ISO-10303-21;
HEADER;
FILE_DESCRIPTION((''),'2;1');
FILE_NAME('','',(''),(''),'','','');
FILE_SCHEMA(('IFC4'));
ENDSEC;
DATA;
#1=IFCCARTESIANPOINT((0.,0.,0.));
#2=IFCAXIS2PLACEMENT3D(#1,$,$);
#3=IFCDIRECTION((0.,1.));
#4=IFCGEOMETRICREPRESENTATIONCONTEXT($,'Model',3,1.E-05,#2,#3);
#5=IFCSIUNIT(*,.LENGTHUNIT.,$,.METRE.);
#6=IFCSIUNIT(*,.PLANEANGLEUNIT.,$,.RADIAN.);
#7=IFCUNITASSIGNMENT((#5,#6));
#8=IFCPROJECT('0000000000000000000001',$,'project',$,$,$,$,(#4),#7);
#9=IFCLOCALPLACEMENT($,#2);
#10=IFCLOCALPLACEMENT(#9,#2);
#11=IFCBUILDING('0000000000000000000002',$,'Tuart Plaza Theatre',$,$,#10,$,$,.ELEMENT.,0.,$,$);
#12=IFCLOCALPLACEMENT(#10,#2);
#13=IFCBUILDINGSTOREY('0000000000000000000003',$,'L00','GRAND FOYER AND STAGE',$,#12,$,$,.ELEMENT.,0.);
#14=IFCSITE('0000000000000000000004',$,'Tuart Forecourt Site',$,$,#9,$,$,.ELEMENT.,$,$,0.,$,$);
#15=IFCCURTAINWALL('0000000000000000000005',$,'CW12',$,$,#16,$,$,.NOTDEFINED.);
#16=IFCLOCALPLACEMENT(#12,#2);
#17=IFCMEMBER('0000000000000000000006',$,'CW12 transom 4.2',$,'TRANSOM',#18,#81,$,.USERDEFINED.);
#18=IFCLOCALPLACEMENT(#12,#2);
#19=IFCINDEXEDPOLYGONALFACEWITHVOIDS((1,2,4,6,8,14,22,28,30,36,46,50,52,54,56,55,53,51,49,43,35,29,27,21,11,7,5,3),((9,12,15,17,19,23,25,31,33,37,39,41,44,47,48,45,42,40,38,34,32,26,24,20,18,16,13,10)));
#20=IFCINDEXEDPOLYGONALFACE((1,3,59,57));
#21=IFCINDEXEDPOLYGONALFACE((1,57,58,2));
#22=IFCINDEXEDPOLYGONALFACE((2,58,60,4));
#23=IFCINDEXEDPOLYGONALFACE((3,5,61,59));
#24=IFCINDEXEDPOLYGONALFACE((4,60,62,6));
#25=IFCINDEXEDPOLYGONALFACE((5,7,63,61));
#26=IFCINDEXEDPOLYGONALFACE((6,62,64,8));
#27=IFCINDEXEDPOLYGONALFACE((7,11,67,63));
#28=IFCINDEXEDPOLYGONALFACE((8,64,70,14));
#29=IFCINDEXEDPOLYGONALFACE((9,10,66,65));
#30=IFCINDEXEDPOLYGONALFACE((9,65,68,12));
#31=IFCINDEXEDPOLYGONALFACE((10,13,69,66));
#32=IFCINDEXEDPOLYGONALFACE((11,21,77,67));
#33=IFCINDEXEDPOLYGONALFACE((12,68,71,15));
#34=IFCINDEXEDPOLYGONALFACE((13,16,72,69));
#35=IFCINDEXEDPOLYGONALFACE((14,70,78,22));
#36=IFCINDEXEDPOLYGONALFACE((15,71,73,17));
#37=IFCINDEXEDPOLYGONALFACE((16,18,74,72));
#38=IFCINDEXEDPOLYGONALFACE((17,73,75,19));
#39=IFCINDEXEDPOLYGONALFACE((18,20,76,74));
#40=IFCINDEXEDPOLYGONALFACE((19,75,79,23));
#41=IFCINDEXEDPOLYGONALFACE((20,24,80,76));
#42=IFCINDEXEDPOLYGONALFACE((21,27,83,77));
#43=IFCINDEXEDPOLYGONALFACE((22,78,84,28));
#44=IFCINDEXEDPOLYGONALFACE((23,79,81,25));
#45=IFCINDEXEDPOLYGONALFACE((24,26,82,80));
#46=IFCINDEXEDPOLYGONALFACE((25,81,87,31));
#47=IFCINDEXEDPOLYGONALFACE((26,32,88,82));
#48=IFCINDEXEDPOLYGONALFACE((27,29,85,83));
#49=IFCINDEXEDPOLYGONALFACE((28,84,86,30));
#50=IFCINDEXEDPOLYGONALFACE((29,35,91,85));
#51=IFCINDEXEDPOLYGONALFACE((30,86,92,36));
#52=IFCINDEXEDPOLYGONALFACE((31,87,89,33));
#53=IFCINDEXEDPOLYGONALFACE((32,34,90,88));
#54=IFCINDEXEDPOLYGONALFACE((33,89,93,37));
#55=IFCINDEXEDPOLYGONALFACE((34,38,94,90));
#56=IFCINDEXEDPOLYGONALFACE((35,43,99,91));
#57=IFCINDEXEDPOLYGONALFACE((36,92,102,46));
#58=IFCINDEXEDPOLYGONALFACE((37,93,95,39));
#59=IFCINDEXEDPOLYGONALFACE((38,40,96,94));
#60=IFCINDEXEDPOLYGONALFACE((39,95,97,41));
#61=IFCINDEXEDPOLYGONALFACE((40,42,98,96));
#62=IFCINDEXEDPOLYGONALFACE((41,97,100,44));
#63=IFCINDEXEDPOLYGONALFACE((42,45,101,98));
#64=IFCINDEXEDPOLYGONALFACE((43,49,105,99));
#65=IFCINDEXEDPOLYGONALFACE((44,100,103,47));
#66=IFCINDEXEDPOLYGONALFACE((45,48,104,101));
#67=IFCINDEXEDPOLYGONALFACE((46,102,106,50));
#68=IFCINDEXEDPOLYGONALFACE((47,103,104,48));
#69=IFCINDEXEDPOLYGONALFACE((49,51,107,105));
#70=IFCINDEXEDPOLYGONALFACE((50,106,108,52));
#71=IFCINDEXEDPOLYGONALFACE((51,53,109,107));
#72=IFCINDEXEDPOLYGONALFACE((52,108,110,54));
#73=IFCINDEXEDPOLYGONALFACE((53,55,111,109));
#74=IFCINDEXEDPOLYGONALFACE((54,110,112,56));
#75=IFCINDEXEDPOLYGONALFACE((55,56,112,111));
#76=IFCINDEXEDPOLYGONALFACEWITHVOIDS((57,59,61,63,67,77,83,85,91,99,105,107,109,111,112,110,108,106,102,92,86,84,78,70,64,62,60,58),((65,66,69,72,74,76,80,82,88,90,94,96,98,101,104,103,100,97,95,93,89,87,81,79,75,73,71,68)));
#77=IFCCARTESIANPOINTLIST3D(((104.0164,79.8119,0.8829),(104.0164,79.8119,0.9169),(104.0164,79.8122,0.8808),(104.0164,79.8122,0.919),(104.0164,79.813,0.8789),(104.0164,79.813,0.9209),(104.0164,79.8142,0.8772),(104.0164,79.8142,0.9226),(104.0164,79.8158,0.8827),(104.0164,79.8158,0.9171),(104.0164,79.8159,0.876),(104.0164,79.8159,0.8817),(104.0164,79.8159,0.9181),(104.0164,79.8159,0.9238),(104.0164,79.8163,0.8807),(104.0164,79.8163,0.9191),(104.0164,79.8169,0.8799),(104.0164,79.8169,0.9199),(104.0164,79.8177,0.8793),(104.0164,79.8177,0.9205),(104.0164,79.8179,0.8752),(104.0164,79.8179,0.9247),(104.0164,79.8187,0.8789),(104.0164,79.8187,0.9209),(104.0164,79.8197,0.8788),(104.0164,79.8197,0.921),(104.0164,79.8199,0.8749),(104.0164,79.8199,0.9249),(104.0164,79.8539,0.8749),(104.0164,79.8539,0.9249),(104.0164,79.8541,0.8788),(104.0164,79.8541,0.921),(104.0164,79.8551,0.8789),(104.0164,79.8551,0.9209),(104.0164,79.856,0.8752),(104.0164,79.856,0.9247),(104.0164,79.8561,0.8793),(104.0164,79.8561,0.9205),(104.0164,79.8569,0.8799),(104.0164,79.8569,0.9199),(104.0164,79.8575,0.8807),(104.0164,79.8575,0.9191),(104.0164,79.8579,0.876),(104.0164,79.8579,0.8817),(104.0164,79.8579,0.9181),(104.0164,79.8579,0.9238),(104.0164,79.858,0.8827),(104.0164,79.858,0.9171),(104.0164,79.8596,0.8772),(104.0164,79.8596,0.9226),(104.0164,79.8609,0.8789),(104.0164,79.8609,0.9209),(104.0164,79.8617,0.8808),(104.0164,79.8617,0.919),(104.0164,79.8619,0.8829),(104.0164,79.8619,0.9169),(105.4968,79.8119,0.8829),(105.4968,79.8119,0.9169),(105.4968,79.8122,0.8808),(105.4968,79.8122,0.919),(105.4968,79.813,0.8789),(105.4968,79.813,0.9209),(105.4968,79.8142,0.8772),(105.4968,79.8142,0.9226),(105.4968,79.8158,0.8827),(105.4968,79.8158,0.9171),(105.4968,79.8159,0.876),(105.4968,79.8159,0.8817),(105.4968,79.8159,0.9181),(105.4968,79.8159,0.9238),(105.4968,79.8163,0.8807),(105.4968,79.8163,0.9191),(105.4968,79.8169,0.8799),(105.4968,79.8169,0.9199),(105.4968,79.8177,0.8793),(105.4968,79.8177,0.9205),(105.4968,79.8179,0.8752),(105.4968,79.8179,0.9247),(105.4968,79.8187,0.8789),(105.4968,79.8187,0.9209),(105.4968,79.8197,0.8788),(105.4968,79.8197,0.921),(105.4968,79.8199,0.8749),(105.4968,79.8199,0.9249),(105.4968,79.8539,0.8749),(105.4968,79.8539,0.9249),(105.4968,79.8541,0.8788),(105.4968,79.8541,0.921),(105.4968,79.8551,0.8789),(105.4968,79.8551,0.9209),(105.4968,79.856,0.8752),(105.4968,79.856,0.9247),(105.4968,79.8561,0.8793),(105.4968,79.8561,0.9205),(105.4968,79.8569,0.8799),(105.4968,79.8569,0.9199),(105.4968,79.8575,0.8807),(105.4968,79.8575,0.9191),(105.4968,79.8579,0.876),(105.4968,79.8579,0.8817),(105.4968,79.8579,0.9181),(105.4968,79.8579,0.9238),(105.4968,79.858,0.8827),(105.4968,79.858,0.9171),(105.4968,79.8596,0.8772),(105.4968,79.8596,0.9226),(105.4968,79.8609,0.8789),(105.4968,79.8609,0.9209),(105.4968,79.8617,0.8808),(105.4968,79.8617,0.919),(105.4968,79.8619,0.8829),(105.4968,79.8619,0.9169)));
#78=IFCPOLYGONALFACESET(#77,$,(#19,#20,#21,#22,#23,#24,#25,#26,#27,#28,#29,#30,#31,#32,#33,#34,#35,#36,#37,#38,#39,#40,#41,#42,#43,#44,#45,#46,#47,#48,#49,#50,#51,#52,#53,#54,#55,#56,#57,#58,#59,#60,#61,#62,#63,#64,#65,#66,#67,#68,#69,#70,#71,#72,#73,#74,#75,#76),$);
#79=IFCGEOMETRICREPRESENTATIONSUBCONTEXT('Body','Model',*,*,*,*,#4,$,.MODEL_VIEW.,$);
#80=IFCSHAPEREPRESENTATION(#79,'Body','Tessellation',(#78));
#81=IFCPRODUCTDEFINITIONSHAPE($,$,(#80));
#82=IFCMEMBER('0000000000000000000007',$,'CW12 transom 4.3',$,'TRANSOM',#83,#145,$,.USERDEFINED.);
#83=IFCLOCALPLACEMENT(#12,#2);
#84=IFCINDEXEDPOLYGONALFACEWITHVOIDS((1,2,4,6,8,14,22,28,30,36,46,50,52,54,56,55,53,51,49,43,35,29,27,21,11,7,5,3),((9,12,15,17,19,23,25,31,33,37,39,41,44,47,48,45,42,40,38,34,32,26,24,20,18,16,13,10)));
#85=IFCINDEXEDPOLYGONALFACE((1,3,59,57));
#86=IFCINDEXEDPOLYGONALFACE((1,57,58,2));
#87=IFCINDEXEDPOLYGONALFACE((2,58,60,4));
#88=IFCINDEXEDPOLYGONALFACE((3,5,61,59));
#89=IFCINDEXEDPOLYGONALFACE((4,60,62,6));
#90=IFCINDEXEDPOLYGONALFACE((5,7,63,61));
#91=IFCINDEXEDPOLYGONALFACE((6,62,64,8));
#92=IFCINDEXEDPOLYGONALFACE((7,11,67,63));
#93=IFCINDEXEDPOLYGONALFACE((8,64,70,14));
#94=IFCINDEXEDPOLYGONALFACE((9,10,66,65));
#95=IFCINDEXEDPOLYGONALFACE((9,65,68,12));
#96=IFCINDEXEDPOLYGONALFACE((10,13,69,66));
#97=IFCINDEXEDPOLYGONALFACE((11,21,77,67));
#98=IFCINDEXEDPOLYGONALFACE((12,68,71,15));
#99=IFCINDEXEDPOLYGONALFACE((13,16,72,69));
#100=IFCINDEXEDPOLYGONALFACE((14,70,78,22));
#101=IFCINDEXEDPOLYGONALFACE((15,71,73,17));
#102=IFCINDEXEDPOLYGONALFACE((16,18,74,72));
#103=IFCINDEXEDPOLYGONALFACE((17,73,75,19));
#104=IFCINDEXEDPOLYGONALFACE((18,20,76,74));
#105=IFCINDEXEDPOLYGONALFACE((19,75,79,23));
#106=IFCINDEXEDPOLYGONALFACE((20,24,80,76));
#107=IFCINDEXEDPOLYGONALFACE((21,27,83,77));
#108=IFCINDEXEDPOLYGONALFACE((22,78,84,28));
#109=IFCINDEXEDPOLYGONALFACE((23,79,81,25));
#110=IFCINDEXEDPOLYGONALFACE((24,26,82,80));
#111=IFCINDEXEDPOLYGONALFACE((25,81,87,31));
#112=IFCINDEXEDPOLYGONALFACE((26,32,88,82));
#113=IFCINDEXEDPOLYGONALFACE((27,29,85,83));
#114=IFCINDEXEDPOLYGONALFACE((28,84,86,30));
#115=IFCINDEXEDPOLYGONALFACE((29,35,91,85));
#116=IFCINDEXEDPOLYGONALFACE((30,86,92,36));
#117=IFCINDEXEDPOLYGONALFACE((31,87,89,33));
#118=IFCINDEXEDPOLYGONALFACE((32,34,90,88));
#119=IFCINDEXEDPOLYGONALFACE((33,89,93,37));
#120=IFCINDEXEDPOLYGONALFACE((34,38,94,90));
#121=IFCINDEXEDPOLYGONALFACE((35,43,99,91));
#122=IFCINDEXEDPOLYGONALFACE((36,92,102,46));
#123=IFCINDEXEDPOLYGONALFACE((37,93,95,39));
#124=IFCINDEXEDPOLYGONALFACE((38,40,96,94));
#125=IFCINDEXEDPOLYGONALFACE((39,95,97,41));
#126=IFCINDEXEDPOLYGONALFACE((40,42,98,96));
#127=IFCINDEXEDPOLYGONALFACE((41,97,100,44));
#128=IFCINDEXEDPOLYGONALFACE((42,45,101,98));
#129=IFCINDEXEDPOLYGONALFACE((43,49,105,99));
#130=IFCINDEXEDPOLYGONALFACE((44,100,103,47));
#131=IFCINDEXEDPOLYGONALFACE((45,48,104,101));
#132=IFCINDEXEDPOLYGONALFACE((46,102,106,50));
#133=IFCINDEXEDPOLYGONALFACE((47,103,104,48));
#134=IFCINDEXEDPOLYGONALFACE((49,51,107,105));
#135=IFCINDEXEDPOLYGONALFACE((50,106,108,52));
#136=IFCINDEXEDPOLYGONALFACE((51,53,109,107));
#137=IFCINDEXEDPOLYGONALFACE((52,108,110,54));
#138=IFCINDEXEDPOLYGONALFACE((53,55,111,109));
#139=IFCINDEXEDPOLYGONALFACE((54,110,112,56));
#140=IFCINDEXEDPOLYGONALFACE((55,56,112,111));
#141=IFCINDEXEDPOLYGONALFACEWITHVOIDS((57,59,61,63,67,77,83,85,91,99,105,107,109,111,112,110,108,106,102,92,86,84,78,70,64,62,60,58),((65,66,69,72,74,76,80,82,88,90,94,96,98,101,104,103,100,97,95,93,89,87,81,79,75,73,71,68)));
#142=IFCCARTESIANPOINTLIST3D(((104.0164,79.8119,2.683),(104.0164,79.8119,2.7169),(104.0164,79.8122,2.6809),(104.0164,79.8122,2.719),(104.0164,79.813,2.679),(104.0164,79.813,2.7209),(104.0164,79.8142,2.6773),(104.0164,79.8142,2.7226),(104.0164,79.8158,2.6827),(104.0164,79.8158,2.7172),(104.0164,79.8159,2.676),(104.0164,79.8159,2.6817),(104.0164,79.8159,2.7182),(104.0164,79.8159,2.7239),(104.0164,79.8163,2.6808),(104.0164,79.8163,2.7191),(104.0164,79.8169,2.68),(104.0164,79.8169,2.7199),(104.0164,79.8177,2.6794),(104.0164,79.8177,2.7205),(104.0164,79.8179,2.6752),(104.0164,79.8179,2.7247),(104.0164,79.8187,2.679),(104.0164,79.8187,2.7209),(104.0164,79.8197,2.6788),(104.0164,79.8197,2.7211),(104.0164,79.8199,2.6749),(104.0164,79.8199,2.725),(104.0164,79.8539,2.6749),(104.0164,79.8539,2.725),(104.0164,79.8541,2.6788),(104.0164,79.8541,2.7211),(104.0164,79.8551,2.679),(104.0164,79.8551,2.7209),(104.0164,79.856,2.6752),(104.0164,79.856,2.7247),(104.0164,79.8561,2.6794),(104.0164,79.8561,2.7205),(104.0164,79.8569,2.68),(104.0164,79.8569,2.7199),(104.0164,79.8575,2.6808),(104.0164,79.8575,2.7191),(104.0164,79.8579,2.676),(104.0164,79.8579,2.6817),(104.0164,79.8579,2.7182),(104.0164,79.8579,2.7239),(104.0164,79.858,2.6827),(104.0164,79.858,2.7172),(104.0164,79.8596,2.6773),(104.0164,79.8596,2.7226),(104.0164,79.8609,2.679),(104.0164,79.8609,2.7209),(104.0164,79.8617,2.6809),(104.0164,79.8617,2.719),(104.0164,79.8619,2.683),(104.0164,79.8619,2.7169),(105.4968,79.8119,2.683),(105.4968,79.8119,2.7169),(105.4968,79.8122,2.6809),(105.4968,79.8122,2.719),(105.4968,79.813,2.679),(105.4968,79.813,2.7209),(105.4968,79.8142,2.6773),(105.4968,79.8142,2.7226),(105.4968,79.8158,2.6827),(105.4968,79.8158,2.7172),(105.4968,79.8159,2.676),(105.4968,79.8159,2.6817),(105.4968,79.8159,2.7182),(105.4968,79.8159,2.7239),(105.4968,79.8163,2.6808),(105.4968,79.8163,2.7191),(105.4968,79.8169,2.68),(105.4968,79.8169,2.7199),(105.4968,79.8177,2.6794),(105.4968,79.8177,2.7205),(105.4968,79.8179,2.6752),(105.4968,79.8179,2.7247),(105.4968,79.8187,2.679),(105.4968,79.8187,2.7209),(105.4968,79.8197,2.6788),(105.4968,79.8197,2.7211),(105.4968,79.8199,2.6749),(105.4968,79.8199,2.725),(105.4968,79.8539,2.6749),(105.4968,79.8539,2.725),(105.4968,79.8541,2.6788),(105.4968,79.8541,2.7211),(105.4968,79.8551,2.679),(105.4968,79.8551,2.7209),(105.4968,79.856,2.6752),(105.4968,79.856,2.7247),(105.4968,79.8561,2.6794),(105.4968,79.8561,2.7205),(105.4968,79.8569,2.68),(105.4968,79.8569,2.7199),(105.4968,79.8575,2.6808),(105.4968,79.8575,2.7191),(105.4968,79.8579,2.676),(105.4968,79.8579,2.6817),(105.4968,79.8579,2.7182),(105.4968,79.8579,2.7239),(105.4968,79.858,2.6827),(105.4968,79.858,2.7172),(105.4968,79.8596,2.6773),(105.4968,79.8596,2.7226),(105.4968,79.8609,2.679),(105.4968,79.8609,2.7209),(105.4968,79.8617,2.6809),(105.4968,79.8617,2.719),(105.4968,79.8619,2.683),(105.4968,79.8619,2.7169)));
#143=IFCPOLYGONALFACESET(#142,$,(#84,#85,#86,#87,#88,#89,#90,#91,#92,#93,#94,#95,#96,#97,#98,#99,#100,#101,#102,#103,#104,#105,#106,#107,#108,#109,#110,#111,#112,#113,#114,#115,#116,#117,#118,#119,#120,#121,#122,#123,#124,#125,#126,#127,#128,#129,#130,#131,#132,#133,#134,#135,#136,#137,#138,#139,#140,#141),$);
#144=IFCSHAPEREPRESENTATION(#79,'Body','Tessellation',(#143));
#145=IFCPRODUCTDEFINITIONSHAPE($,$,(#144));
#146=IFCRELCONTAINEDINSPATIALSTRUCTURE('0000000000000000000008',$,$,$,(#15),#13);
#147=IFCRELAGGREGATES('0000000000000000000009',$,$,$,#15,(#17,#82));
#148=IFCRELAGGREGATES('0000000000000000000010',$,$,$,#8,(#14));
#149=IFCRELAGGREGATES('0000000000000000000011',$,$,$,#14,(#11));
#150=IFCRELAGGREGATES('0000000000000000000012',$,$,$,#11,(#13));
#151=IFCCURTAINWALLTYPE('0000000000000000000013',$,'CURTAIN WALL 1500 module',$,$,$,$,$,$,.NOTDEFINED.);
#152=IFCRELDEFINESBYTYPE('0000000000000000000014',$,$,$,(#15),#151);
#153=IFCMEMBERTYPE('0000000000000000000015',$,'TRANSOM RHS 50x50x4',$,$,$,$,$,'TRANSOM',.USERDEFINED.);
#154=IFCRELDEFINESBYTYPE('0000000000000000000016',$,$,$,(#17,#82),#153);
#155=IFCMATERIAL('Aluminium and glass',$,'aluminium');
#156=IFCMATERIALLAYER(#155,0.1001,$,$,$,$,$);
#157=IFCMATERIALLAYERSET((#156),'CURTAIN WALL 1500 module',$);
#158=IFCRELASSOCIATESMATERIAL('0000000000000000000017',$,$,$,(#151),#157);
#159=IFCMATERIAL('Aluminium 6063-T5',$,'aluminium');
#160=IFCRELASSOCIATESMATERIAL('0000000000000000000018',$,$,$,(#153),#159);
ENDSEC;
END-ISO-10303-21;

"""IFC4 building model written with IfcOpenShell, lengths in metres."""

from ifc_helpers import new_model, si_unit, direction, frame, origin, origin_2d, place, context, subcontext, project, spatial, hollow_rectangle, extrude, material, layer, layer_set, material_profile, profile_set, type_object, element, aggregate, save


model = new_model("IFC4")

# Units and contexts
model_context = context("Model", 3, precision=1e-05, world=origin(), true_north=direction((0.0, 1.0)))
body_context = subcontext(model_context, "Body", "Model", "MODEL_VIEW")
ifc_project = project(units=[si_unit("LENGTHUNIT", "METRE"), si_unit("PLANEANGLEUNIT", "RADIAN")], contexts=[model_context])

# Site, building, storey
site_placement = place(None, origin())
site = spatial("IfcSite", under=ifc_project, at=site_placement, Name="Tuart Forecourt Site", CompositionType="ELEMENT", RefElevation=0.0)
building_placement = place(site_placement, origin())
building = spatial("IfcBuilding", under=site, at=building_placement, Name="Tuart Plaza Theatre", CompositionType="ELEMENT", ElevationOfRefHeight=0.0)
storey_placement = place(building_placement, origin())
storey = spatial("IfcBuildingStorey", under=building, at=storey_placement, Name="L00", Description="GRAND FOYER AND STAGE", CompositionType="ELEMENT", Elevation=0.0)

# Curtain wall, members
ifc_material_1 = material(Name="Aluminium and glass", Category="aluminium")
ifc_layer_1 = layer(ifc_material_1, 0.1001)
ifc_layer_set_1 = layer_set([ifc_layer_1], Name="CURTAIN WALL 1500 module")
curtain_wall_type = type_object("IfcCurtainWallType", Name="CURTAIN WALL 1500 module", PredefinedType="NOTDEFINED", material=ifc_layer_set_1)
curtain_wall_placement = place(storey_placement, origin())
curtain_wall = element("IfcCurtainWall", 1, at=curtain_wall_placement, inside=storey, type_object=curtain_wall_type, Name="CW12", PredefinedType="NOTDEFINED")
ifc_material_2 = material(Name="Aluminium 6063-T5", Category="aluminium")
ifc_material_profile_1 = material_profile(ifc_material_2, hollow_rectangle(XDim=0.05, YDim=0.05, WallThickness=0.0039, InnerFilletRadius=0.0039, OuterFilletRadius=0.0081, at=origin_2d()), Name="RHS 50x50x4")
ifc_profile_set_1 = profile_set([ifc_material_profile_1], Name="Aluminium 6063-T5")
member_type_1 = type_object("IfcMemberType", Name="TRANSOM RHS 50x50x4", ElementType="TRANSOM", PredefinedType="USERDEFINED", material=ifc_profile_set_1)
member_1_placement = place(storey_placement, frame((104.0164, 79.8369, 0.8999), z_axis=(1.0, 0.0, 0.0), x_axis=(0.0, 1.0, 0.0)))
member_1 = element("IfcMember", 2, at=member_1_placement, type_object=member_type_1, Name="CW12 transom 4.2", ObjectType="TRANSOM", PredefinedType="USERDEFINED", context=body_context, shape_type="SweptSolid", body=[
    extrude(hollow_rectangle(XDim=0.05, YDim=0.05, WallThickness=0.0039, InnerFilletRadius=0.0039, OuterFilletRadius=0.0081, at=origin_2d()), origin(), (0.0, 0.0, 1.0), 1.4805),
])
member_2_placement = place(storey_placement, frame((104.0164, 79.8369, 2.7), z_axis=(1.0, 0.0, 0.0), x_axis=(0.0, 1.0, 0.0)))
member_2 = element("IfcMember", 3, at=member_2_placement, type_object=member_type_1, Name="CW12 transom 4.3", ObjectType="TRANSOM", PredefinedType="USERDEFINED", context=body_context, shape_type="SweptSolid", body=[
    extrude(hollow_rectangle(XDim=0.05, YDim=0.05, WallThickness=0.0039, InnerFilletRadius=0.0039, OuterFilletRadius=0.0081, at=origin_2d()), origin(), (0.0, 0.0, 1.0), 1.4805),
])
aggregate(curtain_wall, [member_1, member_2])

save(model, "model.ifc")
